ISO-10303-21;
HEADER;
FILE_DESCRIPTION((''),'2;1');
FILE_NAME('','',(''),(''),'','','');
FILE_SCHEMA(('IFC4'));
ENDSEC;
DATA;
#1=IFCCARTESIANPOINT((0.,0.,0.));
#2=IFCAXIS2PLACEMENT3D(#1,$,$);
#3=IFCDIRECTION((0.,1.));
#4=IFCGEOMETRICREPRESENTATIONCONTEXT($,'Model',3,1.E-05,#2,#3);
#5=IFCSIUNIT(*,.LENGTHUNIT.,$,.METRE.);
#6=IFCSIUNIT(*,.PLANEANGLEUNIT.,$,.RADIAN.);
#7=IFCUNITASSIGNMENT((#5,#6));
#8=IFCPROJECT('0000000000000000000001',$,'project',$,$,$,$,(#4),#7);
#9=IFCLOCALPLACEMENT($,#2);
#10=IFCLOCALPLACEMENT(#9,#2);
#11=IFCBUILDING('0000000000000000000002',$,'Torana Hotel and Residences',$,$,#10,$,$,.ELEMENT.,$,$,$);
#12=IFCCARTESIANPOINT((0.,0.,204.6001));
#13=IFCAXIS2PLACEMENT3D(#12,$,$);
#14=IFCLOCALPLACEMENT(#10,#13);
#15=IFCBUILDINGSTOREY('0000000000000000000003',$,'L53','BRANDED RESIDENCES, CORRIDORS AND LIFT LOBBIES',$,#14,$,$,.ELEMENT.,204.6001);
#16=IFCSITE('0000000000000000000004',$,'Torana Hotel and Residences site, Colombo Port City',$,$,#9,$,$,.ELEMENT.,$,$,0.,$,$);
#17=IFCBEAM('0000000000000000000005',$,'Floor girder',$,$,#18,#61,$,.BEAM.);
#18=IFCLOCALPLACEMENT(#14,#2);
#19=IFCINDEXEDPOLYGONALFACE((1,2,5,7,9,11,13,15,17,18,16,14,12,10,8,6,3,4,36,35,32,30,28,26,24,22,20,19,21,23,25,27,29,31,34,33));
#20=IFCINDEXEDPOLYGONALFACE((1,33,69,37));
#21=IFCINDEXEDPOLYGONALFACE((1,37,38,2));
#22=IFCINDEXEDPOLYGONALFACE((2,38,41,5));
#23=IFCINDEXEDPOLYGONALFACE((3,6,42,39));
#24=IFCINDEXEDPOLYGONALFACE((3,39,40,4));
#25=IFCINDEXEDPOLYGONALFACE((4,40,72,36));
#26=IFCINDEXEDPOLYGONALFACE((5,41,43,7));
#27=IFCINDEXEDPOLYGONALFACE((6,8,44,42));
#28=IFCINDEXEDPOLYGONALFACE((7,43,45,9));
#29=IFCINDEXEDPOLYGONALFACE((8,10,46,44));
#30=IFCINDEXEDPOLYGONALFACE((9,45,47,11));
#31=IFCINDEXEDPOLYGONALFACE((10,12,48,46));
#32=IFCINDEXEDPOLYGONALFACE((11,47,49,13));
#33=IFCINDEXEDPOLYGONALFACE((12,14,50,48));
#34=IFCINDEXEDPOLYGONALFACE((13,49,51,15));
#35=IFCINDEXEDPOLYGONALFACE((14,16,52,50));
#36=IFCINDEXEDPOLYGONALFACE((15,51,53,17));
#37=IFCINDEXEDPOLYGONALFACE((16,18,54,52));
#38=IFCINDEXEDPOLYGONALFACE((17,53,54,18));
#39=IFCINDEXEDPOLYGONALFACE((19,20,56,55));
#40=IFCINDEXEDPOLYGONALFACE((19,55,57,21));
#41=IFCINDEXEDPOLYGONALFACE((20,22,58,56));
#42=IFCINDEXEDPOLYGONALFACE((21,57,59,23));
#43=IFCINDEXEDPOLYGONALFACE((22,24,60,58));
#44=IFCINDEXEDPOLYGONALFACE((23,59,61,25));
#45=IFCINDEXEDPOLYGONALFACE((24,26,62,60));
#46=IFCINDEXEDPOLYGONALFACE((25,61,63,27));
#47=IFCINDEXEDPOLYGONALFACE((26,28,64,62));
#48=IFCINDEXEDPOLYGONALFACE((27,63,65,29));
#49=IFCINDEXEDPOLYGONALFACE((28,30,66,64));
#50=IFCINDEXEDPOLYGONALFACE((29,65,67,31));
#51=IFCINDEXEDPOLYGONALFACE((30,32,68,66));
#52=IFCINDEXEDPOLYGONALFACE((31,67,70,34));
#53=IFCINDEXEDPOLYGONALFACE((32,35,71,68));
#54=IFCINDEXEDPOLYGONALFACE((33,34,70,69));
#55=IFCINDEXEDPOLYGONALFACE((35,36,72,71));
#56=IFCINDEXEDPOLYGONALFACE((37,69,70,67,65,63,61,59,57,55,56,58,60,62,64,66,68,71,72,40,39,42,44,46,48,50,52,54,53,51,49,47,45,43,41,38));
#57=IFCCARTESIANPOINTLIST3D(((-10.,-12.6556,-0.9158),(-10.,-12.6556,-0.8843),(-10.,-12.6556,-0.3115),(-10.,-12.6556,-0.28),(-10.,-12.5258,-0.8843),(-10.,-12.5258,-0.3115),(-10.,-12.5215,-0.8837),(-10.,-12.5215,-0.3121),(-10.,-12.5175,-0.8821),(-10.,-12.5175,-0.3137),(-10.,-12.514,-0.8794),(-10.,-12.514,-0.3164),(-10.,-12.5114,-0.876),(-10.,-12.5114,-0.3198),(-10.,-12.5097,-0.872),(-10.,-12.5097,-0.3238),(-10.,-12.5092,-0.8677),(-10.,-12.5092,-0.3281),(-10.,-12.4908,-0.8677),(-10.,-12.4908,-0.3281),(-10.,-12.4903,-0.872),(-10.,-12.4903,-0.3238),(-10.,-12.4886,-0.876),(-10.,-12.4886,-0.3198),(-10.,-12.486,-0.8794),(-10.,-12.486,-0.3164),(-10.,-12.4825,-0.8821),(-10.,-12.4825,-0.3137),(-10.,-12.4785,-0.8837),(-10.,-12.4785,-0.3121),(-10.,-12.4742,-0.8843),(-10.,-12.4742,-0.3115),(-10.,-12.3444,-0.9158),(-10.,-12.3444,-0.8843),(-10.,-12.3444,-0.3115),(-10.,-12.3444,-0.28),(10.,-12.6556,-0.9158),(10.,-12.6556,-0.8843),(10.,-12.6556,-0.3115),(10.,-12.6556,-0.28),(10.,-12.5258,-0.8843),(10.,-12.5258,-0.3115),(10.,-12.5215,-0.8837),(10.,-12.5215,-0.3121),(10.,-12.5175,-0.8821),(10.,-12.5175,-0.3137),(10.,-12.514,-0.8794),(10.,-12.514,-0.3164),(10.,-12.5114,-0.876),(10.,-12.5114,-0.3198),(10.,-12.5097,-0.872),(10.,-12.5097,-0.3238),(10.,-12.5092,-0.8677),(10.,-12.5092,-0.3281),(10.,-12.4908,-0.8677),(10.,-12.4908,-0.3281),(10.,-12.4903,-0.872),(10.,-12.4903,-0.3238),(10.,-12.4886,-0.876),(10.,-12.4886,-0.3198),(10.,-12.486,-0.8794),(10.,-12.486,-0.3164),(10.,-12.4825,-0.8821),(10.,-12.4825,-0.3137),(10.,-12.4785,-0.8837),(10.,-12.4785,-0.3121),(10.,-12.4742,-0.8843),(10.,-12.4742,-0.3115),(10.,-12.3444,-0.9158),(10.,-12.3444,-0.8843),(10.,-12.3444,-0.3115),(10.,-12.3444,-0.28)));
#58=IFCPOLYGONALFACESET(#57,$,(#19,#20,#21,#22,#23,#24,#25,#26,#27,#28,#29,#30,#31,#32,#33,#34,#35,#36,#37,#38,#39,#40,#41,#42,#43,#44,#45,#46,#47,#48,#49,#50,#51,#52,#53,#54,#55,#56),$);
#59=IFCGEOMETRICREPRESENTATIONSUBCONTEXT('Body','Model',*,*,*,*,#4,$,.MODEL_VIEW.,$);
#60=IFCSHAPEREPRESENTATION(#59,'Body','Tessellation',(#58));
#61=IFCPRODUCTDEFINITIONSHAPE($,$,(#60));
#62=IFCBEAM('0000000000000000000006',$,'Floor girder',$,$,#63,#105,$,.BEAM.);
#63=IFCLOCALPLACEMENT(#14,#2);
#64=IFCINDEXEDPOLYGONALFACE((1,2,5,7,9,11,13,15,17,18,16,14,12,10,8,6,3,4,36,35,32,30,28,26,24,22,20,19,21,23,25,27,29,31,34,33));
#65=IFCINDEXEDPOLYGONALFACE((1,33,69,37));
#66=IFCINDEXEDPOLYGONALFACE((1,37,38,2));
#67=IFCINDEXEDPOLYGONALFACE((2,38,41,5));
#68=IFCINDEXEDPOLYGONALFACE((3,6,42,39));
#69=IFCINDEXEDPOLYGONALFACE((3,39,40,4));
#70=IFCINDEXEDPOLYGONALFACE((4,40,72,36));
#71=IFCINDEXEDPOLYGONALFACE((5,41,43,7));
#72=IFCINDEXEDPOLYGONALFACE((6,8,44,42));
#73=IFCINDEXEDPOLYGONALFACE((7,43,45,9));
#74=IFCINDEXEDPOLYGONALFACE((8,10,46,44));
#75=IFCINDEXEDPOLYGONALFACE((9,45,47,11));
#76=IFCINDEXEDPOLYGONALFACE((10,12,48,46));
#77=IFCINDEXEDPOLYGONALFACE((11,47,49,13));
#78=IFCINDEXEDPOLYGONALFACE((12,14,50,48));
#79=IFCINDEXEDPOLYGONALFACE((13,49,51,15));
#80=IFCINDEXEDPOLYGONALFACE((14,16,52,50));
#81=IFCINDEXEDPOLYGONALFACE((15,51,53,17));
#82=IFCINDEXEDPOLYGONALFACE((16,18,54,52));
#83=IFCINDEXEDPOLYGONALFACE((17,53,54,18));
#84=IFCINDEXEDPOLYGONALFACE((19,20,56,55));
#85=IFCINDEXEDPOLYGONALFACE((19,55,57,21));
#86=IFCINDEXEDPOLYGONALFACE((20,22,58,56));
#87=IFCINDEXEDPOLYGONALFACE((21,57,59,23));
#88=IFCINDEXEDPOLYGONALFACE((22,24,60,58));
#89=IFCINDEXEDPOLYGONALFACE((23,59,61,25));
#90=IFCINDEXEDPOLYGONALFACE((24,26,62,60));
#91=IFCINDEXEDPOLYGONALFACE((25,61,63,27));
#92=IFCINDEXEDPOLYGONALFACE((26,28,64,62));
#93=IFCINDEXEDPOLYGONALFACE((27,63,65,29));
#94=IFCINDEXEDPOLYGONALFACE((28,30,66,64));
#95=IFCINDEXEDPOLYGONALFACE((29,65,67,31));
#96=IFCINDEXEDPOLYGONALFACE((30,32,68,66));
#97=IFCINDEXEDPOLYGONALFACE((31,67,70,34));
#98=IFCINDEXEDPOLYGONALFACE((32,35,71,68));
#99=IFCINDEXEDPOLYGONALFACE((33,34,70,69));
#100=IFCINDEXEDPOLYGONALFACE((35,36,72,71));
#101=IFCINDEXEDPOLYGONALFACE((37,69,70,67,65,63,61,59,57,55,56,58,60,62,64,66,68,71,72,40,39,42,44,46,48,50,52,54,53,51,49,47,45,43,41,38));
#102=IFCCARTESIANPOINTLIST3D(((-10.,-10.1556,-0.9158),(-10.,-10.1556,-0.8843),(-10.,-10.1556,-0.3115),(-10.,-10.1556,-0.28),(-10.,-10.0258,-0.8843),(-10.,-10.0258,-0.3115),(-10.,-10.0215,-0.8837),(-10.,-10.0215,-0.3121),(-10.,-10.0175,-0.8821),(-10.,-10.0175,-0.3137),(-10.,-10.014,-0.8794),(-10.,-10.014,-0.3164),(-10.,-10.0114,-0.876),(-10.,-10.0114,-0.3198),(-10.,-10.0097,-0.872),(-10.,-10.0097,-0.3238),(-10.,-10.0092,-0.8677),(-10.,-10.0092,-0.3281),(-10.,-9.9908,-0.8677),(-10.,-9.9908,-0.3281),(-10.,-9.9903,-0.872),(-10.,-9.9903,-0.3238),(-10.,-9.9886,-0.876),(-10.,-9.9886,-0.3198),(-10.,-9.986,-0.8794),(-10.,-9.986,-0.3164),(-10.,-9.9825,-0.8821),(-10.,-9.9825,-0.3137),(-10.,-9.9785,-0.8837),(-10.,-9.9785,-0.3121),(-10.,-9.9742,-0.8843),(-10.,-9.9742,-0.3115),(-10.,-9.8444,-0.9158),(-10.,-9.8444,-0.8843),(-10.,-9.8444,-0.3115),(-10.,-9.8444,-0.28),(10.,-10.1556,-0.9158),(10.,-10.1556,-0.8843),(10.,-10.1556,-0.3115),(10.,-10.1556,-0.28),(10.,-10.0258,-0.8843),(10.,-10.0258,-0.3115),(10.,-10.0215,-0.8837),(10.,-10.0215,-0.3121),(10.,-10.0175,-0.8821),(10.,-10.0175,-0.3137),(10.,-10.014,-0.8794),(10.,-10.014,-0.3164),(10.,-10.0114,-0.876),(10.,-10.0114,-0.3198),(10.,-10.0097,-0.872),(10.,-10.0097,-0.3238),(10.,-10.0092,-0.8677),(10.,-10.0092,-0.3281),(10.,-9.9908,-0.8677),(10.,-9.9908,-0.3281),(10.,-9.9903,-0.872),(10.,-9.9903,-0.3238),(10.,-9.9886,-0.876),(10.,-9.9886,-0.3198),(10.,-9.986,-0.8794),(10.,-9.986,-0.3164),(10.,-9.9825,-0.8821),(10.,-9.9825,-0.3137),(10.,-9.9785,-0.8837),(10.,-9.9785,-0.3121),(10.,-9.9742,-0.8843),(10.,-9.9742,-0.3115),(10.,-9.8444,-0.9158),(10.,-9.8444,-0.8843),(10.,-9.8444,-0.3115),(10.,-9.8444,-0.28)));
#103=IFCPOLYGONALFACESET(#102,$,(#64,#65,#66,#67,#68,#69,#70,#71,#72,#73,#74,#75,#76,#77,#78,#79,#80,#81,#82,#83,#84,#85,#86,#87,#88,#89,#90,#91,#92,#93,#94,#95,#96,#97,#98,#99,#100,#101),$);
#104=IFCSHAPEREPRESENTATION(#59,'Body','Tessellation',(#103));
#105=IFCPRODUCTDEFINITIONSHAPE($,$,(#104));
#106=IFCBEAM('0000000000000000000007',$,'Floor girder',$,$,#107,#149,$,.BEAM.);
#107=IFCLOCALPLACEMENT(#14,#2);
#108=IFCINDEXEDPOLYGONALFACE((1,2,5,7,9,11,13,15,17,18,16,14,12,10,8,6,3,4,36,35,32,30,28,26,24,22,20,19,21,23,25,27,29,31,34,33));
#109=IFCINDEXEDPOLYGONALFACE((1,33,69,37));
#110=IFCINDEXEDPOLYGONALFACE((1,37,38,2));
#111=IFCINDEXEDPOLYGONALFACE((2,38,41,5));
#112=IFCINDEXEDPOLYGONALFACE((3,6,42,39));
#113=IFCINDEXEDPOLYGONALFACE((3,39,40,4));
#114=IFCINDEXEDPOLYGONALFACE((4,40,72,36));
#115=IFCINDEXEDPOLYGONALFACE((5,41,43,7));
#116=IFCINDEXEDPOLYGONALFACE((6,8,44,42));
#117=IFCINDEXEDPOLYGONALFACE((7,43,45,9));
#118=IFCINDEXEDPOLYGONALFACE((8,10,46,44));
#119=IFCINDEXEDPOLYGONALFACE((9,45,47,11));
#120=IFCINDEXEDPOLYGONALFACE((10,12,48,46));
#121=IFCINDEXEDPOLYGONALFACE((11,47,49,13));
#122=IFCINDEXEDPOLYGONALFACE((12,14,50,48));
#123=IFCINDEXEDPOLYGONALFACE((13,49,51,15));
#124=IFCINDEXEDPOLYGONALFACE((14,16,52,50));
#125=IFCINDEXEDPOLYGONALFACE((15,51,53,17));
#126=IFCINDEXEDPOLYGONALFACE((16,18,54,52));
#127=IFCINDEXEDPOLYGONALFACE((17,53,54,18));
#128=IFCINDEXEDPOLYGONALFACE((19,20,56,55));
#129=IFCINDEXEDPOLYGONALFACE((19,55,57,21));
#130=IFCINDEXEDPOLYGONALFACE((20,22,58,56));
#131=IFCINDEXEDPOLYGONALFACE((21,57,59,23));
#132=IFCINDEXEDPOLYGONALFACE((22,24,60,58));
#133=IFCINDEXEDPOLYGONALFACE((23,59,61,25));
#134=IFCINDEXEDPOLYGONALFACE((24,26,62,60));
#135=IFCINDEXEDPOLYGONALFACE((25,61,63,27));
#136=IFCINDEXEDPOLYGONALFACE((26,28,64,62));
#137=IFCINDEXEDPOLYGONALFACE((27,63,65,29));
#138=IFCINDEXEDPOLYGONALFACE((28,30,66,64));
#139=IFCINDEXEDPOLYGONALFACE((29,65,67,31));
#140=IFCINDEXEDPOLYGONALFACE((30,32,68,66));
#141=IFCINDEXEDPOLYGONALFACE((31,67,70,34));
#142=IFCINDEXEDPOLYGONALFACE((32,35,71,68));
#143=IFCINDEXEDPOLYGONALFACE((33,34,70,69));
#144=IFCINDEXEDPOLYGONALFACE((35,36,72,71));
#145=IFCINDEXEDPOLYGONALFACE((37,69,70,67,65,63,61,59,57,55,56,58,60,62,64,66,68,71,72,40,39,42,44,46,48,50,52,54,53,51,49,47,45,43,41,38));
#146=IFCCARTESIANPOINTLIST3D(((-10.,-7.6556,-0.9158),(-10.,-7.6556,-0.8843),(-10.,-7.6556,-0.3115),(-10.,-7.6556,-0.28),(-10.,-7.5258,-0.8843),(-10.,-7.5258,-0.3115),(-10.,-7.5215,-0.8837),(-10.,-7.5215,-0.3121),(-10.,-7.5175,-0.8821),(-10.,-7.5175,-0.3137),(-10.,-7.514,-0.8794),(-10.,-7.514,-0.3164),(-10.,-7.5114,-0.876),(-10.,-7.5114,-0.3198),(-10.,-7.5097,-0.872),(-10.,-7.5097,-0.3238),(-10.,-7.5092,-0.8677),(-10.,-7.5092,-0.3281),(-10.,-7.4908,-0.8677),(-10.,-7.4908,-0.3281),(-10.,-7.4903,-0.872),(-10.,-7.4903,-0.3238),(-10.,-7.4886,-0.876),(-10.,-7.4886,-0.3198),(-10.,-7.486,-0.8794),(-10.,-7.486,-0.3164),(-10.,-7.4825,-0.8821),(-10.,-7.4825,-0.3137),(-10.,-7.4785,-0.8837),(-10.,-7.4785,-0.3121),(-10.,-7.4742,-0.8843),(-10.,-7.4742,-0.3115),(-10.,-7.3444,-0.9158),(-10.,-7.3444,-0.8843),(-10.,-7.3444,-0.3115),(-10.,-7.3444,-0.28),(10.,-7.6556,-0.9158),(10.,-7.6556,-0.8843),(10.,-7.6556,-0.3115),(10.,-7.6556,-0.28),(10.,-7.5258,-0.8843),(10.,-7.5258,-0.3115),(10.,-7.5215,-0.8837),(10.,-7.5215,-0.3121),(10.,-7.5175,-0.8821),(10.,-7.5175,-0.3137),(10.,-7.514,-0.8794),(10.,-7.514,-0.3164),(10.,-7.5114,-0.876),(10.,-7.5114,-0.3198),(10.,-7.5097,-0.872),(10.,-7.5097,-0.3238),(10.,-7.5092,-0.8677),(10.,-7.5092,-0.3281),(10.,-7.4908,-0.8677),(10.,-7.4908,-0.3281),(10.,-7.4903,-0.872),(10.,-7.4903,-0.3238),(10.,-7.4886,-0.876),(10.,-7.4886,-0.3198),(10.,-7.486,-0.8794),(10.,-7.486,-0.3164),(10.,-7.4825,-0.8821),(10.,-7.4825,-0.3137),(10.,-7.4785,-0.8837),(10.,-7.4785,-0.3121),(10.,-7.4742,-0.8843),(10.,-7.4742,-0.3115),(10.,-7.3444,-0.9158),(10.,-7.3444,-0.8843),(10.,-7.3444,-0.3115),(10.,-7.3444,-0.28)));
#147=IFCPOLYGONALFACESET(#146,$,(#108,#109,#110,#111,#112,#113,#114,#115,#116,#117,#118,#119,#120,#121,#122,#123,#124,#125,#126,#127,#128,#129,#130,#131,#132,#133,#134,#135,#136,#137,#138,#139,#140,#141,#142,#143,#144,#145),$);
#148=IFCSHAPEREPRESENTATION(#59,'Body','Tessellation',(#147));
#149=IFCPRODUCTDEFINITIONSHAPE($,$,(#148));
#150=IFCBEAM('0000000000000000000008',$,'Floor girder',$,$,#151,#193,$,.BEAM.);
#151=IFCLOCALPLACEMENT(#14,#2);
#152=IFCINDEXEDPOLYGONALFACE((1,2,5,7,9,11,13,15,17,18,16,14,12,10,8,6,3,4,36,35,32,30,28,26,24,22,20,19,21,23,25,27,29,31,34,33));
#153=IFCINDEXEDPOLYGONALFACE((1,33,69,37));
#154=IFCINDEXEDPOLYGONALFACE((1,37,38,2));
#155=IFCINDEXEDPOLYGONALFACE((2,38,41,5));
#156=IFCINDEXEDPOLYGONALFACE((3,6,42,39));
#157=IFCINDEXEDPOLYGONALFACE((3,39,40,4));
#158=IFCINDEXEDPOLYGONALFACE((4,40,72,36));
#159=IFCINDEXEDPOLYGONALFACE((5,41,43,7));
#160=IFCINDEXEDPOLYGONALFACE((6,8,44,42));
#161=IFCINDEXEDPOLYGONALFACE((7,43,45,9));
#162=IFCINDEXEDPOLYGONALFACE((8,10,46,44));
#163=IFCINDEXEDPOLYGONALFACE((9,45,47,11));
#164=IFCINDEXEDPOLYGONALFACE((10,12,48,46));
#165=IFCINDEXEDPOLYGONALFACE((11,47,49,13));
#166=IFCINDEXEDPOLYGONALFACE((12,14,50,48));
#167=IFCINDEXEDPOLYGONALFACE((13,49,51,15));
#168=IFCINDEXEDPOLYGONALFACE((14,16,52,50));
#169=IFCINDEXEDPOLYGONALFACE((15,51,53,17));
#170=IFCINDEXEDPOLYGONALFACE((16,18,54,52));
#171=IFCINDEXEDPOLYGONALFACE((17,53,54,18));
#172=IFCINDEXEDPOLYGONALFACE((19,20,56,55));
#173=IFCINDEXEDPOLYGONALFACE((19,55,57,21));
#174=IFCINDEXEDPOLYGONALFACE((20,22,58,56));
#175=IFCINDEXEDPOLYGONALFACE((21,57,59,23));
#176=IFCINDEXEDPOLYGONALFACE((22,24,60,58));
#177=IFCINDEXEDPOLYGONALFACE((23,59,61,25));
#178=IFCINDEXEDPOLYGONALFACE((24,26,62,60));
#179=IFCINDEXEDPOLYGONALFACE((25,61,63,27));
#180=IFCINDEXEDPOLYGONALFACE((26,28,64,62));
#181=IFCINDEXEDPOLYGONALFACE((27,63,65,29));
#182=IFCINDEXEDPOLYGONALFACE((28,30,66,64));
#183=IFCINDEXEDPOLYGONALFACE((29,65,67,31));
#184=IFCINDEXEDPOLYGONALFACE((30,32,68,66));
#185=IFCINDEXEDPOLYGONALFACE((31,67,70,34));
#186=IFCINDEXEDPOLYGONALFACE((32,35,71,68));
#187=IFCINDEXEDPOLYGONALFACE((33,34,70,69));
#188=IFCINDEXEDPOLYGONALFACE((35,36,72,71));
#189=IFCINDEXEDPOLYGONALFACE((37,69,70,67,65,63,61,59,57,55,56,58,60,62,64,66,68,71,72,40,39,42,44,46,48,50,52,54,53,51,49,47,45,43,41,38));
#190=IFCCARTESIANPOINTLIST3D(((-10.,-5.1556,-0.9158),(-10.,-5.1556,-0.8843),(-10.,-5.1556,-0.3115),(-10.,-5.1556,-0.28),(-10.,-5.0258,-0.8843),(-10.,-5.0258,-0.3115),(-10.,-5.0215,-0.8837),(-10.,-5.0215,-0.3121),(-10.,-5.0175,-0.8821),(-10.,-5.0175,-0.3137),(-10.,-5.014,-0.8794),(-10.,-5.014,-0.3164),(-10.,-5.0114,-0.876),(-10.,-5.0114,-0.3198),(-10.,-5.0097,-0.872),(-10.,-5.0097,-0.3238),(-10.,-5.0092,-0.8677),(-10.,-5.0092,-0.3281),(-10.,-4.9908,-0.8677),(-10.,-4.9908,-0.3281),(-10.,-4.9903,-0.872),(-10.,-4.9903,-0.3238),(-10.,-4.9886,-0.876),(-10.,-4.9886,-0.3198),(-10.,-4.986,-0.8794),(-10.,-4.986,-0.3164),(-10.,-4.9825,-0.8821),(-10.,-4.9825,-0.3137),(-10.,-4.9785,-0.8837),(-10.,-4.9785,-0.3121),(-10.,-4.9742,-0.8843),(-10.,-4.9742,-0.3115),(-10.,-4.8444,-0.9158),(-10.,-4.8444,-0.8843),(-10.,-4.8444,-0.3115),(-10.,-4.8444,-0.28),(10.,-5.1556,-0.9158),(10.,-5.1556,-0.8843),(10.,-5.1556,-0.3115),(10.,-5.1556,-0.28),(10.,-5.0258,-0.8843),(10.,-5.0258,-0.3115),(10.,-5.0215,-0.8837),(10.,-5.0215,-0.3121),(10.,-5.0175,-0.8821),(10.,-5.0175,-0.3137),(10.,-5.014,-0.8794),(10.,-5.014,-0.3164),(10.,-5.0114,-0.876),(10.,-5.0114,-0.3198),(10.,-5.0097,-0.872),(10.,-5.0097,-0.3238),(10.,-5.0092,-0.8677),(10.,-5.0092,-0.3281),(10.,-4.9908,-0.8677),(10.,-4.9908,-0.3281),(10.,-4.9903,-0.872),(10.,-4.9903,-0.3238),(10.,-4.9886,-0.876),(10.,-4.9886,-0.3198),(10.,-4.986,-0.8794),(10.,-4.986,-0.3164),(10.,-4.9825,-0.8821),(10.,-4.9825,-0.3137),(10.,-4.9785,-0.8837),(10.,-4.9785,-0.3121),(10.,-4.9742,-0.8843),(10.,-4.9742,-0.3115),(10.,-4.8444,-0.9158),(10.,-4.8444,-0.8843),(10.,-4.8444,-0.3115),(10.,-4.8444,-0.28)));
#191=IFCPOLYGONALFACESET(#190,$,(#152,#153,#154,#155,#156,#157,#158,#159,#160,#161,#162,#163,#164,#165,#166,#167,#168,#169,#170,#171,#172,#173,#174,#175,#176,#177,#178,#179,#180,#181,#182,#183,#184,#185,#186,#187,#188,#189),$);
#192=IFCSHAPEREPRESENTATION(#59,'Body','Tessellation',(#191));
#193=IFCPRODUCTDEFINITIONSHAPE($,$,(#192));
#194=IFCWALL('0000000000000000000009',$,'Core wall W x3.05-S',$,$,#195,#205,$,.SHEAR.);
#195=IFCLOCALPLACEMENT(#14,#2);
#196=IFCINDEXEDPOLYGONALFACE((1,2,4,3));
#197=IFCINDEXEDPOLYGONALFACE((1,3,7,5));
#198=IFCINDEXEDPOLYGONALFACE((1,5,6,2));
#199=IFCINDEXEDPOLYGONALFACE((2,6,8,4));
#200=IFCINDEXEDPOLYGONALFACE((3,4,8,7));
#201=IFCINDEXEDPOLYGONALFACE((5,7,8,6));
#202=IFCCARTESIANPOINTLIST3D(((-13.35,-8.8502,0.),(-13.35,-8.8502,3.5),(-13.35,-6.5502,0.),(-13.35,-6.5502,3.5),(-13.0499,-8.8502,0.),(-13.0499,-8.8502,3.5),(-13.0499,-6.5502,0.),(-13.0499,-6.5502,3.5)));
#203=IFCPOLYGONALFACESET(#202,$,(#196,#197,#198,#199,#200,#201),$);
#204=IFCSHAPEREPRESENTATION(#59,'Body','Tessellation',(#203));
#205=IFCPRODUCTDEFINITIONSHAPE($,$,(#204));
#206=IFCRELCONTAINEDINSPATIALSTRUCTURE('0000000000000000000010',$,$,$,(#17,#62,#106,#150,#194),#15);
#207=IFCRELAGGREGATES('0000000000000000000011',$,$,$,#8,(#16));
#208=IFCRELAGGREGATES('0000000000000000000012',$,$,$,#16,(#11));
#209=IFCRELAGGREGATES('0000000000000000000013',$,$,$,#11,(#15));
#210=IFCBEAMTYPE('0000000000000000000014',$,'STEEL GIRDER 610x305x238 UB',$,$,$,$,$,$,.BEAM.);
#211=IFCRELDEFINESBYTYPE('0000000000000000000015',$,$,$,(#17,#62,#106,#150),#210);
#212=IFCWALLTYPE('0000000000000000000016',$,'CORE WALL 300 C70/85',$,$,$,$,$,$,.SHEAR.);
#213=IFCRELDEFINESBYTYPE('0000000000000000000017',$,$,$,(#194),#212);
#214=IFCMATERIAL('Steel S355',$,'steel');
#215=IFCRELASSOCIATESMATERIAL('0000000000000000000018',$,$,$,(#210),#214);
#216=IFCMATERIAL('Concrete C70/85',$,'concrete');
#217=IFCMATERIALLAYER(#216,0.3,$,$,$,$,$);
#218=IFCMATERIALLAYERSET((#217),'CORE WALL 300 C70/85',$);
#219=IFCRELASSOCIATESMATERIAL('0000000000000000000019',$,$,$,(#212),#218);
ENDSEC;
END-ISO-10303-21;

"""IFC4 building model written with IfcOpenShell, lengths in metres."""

from ifc_helpers import new_model, si_unit, direction, frame, frame_2d, origin, origin_2d, place, context, subcontext, project, spatial, rectangle, i_section, extrude, material, layer, layer_set, material_profile, profile_set, type_object, element, save


model = new_model("IFC4")

# Units and contexts
model_context = context("Model", 3, precision=1e-05, world=origin(), true_north=direction((0.0, 1.0)))
body_context = subcontext(model_context, "Body", "Model", "MODEL_VIEW")
ifc_project = project(units=[si_unit("LENGTHUNIT", "METRE"), si_unit("PLANEANGLEUNIT", "RADIAN")], contexts=[model_context])

# Site, building, storey
site_placement = place(None, origin())
site = spatial("IfcSite", under=ifc_project, at=site_placement, Name="Torana Hotel and Residences site, Colombo Port City", CompositionType="ELEMENT", RefElevation=0.0)
building_placement = place(site_placement, origin())
building = spatial("IfcBuilding", under=site, at=building_placement, Name="Torana Hotel and Residences", CompositionType="ELEMENT")
storey_placement = place(building_placement, frame((0.0, 0.0, 204.6001)))
storey = spatial("IfcBuildingStorey", under=building, at=storey_placement, Name="L53", Description="BRANDED RESIDENCES, CORRIDORS AND LIFT LOBBIES", CompositionType="ELEMENT", Elevation=204.6001)

# Beams
ifc_material_1 = material(Name="Steel S355", Category="steel")
ifc_material_profile = material_profile(ifc_material_1, i_section(OverallWidth=0.3113, OverallDepth=0.6357, WebThickness=0.0183, FlangeThickness=0.0315, FilletRadius=0.0166, at=origin_2d()), Name="610x305x238 UB")
ifc_profile_set = profile_set([ifc_material_profile], Name="Steel S355")
beam_type = type_object("IfcBeamType", Name="STEEL GIRDER 610x305x238 UB", PredefinedType="BEAM", material=ifc_profile_set)
for number, where, z_axis, x_axis, name in (
    (1, (-10.0, -12.5, -0.5979), (1.0, 0.0, 0.0), (0.0, 1.0, 0.0), "Floor girder"),
    (2, (-10.0, -10.0, -0.5979), (1.0, 0.0, 0.0), (0.0, 1.0, 0.0), "Floor girder"),
    (3, (-10.0, -7.5, -0.5979), (1.0, 0.0, 0.0), (0.0, 1.0, 0.0), "Floor girder"),
    (4, (-10.0, -5.0, -0.5979), (1.0, 0.0, 0.0), (0.0, 1.0, 0.0), "Floor girder"),
):
    element("IfcBeam", number, at=place(storey_placement, frame(where, z_axis=z_axis, x_axis=x_axis)), inside=storey, type_object=beam_type, Name=name, PredefinedType="BEAM", context=body_context, shape_type="SweptSolid", body=[
        extrude(i_section(OverallWidth=0.3113, OverallDepth=0.6357, WebThickness=0.0183, FlangeThickness=0.0315, FilletRadius=0.0166, at=origin_2d()), origin(), (0.0, 0.0, 1.0), 20.0),
    ])

# Wall
ifc_material_2 = material(Name="Concrete C70/85", Category="concrete")
ifc_layer_1 = layer(ifc_material_2, 0.3)
ifc_layer_set_1 = layer_set([ifc_layer_1], Name="CORE WALL 300 C70/85")
wall_type_1 = type_object("IfcWallType", Name="CORE WALL 300 C70/85", PredefinedType="SHEAR", material=ifc_layer_set_1)
wall_1_placement = place(storey_placement, frame((-13.2, -8.8501, 0.0), z_axis=(0.0, 0.0, 1.0), x_axis=(0.0, 1.0, 0.0)))
element("IfcWall", 5, at=wall_1_placement, inside=storey, type_object=wall_type_1, Name="Core wall W x3.05-S", PredefinedType="SHEAR", context=body_context, shape_type="SweptSolid", body=[
    extrude(rectangle(XDim=2.3, YDim=0.3, at=frame_2d((1.1499, 0.0))), origin(), (0.0, 0.0, 1.0), 3.5),
])

save(model, "model.ifc")
